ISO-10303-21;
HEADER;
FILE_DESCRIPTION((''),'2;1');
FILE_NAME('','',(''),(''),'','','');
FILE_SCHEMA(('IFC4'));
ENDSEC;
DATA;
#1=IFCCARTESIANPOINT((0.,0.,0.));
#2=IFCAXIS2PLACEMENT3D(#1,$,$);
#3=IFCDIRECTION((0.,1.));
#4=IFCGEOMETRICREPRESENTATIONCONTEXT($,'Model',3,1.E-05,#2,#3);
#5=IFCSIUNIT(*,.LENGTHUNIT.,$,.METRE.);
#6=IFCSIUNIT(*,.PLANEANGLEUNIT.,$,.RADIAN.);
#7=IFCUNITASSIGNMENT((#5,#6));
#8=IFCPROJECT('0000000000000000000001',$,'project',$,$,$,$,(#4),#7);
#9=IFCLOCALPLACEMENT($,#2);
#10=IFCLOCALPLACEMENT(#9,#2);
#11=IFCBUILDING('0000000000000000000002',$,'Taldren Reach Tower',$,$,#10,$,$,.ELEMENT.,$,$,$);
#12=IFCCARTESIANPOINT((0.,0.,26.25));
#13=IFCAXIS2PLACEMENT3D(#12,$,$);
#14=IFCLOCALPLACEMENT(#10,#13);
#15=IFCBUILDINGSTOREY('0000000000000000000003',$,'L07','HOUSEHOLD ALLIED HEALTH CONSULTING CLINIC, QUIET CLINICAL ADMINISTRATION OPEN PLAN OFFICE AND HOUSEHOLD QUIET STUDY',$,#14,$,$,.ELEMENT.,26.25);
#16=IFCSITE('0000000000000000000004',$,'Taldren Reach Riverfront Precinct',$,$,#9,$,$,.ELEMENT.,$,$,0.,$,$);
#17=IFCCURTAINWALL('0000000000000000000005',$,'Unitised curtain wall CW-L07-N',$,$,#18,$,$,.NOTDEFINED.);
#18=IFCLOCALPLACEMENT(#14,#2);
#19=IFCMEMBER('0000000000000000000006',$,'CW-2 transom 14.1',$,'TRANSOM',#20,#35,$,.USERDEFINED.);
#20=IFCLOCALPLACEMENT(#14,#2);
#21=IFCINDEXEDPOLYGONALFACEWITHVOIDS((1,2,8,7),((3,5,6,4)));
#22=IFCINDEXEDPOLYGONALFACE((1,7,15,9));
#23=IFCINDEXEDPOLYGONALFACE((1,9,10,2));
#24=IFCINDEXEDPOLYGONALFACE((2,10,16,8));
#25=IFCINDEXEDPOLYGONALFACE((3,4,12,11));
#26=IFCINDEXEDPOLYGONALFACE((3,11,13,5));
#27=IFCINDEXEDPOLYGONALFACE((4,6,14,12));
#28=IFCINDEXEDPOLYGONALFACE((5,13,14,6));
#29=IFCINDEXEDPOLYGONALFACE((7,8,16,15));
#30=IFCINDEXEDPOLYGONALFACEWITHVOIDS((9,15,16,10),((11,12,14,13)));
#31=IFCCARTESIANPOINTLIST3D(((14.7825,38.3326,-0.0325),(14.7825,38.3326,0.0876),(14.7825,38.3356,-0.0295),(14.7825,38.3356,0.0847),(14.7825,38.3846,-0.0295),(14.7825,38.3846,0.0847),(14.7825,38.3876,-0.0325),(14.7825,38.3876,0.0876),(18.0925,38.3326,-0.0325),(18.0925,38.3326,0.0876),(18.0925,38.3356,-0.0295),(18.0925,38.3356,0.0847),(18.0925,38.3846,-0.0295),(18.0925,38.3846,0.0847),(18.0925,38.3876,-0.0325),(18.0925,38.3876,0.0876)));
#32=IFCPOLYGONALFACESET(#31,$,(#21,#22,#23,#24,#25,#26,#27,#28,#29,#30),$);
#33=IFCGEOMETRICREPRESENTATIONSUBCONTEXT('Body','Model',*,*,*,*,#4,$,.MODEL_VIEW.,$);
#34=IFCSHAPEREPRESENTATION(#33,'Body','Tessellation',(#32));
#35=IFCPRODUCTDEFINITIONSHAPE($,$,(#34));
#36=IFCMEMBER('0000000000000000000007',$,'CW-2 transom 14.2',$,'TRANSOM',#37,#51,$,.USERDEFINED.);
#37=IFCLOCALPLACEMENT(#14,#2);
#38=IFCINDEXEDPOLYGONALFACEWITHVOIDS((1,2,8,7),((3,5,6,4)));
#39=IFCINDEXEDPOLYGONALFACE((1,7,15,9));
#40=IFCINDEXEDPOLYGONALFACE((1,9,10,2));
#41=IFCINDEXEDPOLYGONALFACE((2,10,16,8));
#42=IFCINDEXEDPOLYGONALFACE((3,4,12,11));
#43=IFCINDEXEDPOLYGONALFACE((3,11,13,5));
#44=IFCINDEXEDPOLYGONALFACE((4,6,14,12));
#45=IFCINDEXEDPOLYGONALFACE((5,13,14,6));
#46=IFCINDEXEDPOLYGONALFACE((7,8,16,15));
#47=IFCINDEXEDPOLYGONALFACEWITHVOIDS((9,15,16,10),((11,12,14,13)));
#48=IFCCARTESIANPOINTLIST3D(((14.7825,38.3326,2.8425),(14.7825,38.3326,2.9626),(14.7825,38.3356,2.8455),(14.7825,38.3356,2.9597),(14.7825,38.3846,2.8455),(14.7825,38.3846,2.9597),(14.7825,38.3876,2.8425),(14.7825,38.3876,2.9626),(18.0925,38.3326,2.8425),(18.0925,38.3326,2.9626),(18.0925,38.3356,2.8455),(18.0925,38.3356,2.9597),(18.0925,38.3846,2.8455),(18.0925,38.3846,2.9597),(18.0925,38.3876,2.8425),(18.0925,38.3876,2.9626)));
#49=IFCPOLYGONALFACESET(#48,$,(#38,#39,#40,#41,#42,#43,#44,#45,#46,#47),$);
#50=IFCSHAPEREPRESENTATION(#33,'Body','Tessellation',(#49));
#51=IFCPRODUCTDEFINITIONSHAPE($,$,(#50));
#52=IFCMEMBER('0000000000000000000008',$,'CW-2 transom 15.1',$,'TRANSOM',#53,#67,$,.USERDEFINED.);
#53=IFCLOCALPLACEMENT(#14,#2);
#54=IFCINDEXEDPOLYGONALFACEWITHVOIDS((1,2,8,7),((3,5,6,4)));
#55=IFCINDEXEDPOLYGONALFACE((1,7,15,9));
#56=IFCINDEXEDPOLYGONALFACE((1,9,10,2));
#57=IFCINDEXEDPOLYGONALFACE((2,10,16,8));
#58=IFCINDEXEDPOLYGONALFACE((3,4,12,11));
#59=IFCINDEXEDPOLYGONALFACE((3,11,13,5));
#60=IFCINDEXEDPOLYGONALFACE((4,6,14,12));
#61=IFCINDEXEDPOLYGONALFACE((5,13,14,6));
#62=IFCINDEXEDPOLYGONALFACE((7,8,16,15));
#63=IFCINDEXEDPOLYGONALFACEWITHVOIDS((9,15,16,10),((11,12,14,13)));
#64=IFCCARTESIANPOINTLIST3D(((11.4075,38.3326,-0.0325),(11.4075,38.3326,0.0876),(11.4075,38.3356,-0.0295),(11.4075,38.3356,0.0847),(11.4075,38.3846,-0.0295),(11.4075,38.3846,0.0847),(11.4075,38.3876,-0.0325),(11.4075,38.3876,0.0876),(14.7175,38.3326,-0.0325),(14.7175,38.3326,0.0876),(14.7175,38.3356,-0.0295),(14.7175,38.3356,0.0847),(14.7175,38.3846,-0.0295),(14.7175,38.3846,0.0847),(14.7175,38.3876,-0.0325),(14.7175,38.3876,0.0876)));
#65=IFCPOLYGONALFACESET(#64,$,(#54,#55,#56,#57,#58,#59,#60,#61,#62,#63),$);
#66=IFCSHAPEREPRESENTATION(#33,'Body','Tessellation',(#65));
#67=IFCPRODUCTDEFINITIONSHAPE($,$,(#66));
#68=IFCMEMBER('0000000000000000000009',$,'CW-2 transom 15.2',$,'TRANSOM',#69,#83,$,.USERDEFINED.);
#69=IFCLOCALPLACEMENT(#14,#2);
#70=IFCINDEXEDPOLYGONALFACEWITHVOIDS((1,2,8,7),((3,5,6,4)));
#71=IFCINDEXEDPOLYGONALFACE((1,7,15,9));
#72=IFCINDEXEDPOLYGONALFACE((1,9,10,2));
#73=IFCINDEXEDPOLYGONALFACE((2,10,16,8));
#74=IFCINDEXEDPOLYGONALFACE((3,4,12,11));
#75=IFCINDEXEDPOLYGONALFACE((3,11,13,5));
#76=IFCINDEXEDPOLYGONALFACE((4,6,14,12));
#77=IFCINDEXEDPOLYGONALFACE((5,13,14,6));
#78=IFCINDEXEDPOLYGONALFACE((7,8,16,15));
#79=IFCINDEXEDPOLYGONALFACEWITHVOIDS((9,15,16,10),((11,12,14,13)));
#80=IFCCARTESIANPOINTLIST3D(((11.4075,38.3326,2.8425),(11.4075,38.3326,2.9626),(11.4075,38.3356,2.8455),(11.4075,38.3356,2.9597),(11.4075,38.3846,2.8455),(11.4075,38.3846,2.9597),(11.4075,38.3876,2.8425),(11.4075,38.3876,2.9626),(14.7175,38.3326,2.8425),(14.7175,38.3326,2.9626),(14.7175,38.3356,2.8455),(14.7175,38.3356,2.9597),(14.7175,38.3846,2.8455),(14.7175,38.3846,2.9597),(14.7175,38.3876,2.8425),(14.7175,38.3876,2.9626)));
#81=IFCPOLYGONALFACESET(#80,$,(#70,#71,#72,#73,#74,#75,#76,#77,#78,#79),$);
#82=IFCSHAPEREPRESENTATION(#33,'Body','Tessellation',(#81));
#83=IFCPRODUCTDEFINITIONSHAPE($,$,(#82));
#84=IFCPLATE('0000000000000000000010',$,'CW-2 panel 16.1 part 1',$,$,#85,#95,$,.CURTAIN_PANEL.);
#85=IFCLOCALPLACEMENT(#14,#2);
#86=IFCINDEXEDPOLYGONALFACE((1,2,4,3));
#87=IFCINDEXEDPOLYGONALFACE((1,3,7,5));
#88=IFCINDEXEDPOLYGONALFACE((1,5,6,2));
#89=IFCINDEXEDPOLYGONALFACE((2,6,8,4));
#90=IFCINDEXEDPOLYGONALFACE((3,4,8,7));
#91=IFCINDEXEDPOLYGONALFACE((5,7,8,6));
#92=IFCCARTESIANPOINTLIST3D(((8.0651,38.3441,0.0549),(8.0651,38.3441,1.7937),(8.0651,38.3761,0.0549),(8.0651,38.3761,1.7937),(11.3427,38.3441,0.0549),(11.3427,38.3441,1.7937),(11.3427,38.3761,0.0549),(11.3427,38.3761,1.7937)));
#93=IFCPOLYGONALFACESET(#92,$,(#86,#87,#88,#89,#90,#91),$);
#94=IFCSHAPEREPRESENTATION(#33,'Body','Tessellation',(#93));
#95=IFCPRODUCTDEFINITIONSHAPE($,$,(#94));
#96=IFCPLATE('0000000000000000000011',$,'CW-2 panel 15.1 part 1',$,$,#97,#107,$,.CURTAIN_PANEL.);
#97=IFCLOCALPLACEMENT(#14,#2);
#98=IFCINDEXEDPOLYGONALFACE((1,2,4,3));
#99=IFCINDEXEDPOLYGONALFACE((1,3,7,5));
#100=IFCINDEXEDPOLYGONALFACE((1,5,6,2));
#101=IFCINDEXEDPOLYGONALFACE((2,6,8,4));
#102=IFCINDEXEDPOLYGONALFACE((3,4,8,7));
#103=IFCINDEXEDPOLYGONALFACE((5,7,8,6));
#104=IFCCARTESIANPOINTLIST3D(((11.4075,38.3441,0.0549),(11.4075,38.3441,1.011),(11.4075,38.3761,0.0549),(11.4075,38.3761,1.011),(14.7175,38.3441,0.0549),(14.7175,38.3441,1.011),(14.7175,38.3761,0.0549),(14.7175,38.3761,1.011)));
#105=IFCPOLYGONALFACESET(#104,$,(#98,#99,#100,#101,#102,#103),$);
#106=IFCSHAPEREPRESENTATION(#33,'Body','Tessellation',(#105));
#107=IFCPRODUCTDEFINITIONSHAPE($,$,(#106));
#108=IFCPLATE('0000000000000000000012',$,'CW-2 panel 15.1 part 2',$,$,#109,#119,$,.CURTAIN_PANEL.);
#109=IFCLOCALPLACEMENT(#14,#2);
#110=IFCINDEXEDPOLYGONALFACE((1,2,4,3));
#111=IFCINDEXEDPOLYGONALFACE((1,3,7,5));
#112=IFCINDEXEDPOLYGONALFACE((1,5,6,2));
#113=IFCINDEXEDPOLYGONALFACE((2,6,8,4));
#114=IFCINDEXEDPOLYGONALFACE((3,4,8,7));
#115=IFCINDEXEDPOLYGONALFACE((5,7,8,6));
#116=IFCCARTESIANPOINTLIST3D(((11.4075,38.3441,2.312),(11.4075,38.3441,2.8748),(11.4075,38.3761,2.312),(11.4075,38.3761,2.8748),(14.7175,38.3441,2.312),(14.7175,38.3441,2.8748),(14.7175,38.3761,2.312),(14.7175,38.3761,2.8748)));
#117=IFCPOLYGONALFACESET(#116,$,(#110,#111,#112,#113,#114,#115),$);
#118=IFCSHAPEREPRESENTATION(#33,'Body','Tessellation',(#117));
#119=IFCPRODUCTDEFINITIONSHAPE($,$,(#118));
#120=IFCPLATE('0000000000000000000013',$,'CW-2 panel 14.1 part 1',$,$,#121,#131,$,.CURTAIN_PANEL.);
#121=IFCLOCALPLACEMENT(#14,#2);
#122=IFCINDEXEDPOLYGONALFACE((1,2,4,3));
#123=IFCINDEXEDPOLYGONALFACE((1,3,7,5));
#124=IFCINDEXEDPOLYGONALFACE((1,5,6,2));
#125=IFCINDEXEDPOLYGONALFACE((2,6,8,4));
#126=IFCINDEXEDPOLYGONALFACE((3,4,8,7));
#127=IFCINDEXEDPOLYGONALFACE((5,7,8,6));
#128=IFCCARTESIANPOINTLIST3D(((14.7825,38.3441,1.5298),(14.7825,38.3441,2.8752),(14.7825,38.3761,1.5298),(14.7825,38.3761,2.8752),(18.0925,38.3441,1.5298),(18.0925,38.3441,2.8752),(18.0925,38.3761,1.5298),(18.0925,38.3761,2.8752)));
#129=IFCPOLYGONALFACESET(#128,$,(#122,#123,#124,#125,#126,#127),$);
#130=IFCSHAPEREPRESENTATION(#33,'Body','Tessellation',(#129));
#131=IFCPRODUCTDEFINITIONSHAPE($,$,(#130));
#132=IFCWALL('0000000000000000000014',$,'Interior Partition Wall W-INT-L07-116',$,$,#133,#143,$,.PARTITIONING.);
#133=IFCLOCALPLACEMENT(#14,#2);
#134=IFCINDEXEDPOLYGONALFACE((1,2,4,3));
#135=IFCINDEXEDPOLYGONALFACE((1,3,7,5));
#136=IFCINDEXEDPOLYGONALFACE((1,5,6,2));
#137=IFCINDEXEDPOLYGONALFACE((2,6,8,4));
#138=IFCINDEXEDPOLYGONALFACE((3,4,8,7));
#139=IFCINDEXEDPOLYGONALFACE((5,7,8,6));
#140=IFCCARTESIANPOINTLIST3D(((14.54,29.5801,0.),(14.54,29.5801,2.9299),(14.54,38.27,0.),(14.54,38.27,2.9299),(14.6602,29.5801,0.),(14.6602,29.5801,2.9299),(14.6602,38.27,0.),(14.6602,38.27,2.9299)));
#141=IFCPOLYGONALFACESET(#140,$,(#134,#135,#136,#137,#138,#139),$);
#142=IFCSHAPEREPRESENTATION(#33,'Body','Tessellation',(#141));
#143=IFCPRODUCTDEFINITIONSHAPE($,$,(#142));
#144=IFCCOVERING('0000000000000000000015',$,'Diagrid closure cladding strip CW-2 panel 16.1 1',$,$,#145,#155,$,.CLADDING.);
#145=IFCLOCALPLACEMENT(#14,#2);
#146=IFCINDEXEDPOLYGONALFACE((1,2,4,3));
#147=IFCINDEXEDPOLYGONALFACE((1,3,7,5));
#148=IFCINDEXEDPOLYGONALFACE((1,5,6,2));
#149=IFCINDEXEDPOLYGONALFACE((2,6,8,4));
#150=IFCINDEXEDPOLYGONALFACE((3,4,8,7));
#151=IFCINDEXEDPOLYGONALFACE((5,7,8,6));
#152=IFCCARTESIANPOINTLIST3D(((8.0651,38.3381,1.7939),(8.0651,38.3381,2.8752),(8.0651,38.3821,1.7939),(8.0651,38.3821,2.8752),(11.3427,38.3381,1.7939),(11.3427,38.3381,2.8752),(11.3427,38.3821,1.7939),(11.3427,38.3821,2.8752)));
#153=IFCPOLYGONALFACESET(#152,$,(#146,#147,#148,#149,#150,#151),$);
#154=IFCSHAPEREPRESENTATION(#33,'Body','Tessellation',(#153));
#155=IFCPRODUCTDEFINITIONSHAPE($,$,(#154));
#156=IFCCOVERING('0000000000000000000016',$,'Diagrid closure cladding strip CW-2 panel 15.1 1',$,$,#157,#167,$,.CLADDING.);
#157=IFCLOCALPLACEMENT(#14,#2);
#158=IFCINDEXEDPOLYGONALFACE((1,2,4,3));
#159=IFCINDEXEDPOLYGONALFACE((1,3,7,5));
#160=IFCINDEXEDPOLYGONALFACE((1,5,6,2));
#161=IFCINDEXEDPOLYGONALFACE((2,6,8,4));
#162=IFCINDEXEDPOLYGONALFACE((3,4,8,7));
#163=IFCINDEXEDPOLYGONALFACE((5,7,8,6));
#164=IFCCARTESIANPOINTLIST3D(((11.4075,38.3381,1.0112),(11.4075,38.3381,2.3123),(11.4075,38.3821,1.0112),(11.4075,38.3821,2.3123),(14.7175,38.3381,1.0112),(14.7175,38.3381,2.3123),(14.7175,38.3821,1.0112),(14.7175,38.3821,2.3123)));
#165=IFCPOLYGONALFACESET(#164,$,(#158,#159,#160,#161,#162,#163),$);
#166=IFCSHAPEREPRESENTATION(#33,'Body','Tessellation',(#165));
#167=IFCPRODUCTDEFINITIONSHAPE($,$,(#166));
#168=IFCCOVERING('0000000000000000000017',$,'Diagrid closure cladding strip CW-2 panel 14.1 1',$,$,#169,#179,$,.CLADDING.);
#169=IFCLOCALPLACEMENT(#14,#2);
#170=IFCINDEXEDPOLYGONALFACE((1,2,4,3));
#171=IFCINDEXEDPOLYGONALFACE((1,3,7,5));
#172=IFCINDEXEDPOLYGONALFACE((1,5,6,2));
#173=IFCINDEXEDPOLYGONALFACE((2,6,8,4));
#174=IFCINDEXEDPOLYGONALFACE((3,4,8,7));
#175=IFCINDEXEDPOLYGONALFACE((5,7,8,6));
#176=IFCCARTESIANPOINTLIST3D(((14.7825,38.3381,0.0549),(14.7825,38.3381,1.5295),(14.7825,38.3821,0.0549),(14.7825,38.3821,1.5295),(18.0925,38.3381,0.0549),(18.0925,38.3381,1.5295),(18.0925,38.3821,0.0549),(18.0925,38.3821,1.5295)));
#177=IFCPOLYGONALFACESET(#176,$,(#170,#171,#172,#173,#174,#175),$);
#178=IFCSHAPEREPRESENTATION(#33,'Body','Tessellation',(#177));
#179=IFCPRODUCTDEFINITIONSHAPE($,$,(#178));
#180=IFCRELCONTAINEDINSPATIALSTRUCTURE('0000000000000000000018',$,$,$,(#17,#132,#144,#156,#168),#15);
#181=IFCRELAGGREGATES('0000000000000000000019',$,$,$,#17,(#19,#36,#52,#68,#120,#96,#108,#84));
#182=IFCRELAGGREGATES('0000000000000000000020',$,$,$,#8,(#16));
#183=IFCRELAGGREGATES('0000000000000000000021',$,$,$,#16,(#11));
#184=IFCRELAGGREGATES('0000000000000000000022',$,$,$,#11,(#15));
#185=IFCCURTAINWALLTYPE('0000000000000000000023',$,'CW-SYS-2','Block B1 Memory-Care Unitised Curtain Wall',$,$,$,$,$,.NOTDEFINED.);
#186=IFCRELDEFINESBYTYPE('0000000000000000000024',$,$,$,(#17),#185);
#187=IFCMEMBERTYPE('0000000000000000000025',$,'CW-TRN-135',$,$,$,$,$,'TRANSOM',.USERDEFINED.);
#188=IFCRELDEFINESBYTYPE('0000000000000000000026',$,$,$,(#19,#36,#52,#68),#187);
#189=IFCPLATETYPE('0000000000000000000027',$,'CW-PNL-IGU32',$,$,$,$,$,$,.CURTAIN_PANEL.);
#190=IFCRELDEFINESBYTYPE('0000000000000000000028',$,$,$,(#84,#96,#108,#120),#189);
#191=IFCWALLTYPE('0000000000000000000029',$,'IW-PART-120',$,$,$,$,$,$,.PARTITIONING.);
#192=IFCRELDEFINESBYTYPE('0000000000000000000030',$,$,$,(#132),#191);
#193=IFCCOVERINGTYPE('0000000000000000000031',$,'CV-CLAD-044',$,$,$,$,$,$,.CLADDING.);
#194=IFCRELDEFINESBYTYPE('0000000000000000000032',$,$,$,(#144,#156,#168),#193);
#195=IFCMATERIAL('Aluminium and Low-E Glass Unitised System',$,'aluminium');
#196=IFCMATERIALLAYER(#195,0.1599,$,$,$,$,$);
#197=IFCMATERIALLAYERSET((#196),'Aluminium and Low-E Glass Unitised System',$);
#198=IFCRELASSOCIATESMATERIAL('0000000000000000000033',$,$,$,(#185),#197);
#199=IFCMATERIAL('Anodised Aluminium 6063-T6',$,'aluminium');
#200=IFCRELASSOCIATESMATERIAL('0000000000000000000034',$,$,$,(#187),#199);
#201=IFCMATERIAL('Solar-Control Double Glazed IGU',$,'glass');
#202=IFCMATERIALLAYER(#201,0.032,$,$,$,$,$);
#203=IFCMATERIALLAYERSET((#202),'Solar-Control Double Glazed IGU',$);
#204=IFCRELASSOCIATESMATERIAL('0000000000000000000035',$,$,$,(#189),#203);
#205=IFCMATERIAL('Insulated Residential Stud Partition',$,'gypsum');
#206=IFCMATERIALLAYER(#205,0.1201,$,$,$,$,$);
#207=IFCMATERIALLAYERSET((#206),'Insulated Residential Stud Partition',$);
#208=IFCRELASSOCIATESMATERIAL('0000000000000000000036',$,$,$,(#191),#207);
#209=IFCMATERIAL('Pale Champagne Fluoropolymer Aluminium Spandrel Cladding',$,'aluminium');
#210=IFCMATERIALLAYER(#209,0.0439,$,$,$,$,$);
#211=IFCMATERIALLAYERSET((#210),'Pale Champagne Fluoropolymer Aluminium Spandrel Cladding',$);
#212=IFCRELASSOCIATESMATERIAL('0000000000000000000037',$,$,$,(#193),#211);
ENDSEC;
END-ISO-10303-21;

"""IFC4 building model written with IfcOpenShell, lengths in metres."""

from ifc_helpers import new_model, si_unit, direction, frame, frame_2d, origin, origin_2d, place, context, subcontext, project, spatial, rectangle, hollow_rectangle, extrude, source, transform, mapped, material, layer, layer_set, material_profile, profile_set, type_object, element, aggregate, save


model = new_model("IFC4")

# Units and contexts
model_context = context("Model", 3, precision=1e-05, world=origin(), true_north=direction((0.0, 1.0)))
body_context = subcontext(model_context, "Body", "Model", "MODEL_VIEW")
ifc_project = project(units=[si_unit("LENGTHUNIT", "METRE"), si_unit("PLANEANGLEUNIT", "RADIAN")], contexts=[model_context])

# Site, building, storey
site_placement = place(None, origin())
site = spatial("IfcSite", under=ifc_project, at=site_placement, Name="Taldren Reach Riverfront Precinct", CompositionType="ELEMENT", RefElevation=0.0)
building_placement = place(site_placement, origin())
building = spatial("IfcBuilding", under=site, at=building_placement, Name="Taldren Reach Tower", CompositionType="ELEMENT")
storey_placement = place(building_placement, frame((0.0, 0.0, 26.25)))
storey = spatial("IfcBuildingStorey", under=building, at=storey_placement, Name="L07", Description="HOUSEHOLD ALLIED HEALTH CONSULTING CLINIC, QUIET CLINICAL ADMINISTRATION OPEN PLAN OFFICE AND HOUSEHOLD QUIET STUDY", CompositionType="ELEMENT", Elevation=26.25)

# Curtain wall, members, plates
ifc_material_1 = material(Name="Aluminium and Low-E Glass Unitised System", Category="aluminium")
ifc_layer_1 = layer(ifc_material_1, 0.1599)
ifc_layer_set_1 = layer_set([ifc_layer_1], Name="Aluminium and Low-E Glass Unitised System")
curtain_wall_type = type_object("IfcCurtainWallType", Name="CW-SYS-2", Description="Block B1 Memory-Care Unitised Curtain Wall", PredefinedType="NOTDEFINED", material=ifc_layer_set_1)
curtain_wall_placement = place(storey_placement, origin())
curtain_wall = element("IfcCurtainWall", 1, at=curtain_wall_placement, inside=storey, type_object=curtain_wall_type, Name="Unitised curtain wall CW-L07-N", PredefinedType="NOTDEFINED")
ifc_material_2 = material(Name="Anodised Aluminium 6063-T6", Category="aluminium")
ifc_material_profile_1 = material_profile(ifc_material_2, hollow_rectangle(XDim=0.0549, YDim=0.1201, WallThickness=0.0029, at=origin_2d()), Name="ALU-120x55x3RHS")
ifc_profile_set_1 = profile_set([ifc_material_profile_1], Name="Anodised Aluminium 6063-T6")
member_type_1 = type_object("IfcMemberType", Name="CW-TRN-135", ElementType="TRANSOM", PredefinedType="USERDEFINED", material=ifc_profile_set_1)
shared_shape_1 = source(origin(), body_context, "Body", "SweptSolid", [
    extrude(hollow_rectangle(XDim=0.0549, YDim=0.1201, WallThickness=0.0029, at=origin_2d()), origin(), (0.0, 0.0, 1.0), 3.3101),
])
member_1_placement = place(storey_placement, frame((18.0925, 38.3601, 0.0276), z_axis=(-1.0, 0.0, 0.0), x_axis=(0.0, -1.0, 0.0)))
member_1 = element("IfcMember", 2, at=member_1_placement, type_object=member_type_1, Name="CW-2 transom 14.1", ObjectType="TRANSOM", PredefinedType="USERDEFINED", context=body_context, shape_type="MappedRepresentation", body=[
    mapped(shared_shape_1, transform((0.0, 0.0, 0.0), scale=1.0)),
])
member_2_placement = place(storey_placement, frame((18.0925, 38.3601, 2.9026), z_axis=(-1.0, 0.0, 0.0), x_axis=(0.0, -1.0, 0.0)))
member_2 = element("IfcMember", 3, at=member_2_placement, type_object=member_type_1, Name="CW-2 transom 14.2", ObjectType="TRANSOM", PredefinedType="USERDEFINED", context=body_context, shape_type="MappedRepresentation", body=[
    mapped(shared_shape_1, transform((0.0, 0.0, 0.0), scale=1.0)),
])
member_3_placement = place(storey_placement, frame((14.7175, 38.3601, 0.0276), z_axis=(-1.0, 0.0, 0.0), x_axis=(0.0, -1.0, 0.0)))
member_3 = element("IfcMember", 4, at=member_3_placement, type_object=member_type_1, Name="CW-2 transom 15.1", ObjectType="TRANSOM", PredefinedType="USERDEFINED", context=body_context, shape_type="MappedRepresentation", body=[
    mapped(shared_shape_1, transform((0.0, 0.0, 0.0), scale=1.0)),
])
member_4_placement = place(storey_placement, frame((14.7175, 38.3601, 2.9026), z_axis=(-1.0, 0.0, 0.0), x_axis=(0.0, -1.0, 0.0)))
member_4 = element("IfcMember", 5, at=member_4_placement, type_object=member_type_1, Name="CW-2 transom 15.2", ObjectType="TRANSOM", PredefinedType="USERDEFINED", context=body_context, shape_type="MappedRepresentation", body=[
    mapped(shared_shape_1, transform((0.0, 0.0, 0.0), scale=1.0)),
])
ifc_material_3 = material(Name="Solar-Control Double Glazed IGU", Category="glass")
ifc_layer_2 = layer(ifc_material_3, 0.032)
ifc_layer_set_2 = layer_set([ifc_layer_2], Name="Solar-Control Double Glazed IGU")
plate_type = type_object("IfcPlateType", Name="CW-PNL-IGU32", PredefinedType="CURTAIN_PANEL", material=ifc_layer_set_2)
shared_shape_2 = source(origin(), body_context, "Body", "SweptSolid", [
    extrude(rectangle(XDim=3.2776, YDim=0.032, at=origin_2d()), origin(), (0.0, 0.0, 1.0), 1.7388),
])
plate_1_placement = place(storey_placement, frame((9.7039, 38.3601, 0.0549), z_axis=(0.0, 0.0, 1.0), x_axis=(-1.0, 0.0, 0.0)))
plate_1 = element("IfcPlate", 6, at=plate_1_placement, type_object=plate_type, Name="CW-2 panel 16.1 part 1", PredefinedType="CURTAIN_PANEL", context=body_context, shape_type="MappedRepresentation", body=[
    mapped(shared_shape_2, transform((0.0, 0.0, 0.0), scale=1.0)),
])
shared_shape_3 = source(origin(), body_context, "Body", "SweptSolid", [
    extrude(rectangle(XDim=3.3101, YDim=0.032, at=origin_2d()), origin(), (0.0, 0.0, 1.0), 0.9561),
])
plate_2_placement = place(storey_placement, frame((13.0625, 38.3601, 0.0549), z_axis=(0.0, 0.0, 1.0), x_axis=(-1.0, 0.0, 0.0)))
plate_2 = element("IfcPlate", 7, at=plate_2_placement, type_object=plate_type, Name="CW-2 panel 15.1 part 1", PredefinedType="CURTAIN_PANEL", context=body_context, shape_type="MappedRepresentation", body=[
    mapped(shared_shape_3, transform((0.0, 0.0, 0.0), scale=1.0)),
])
shared_shape_4 = source(origin(), body_context, "Body", "SweptSolid", [
    extrude(rectangle(XDim=3.3101, YDim=0.032, at=origin_2d()), origin(), (0.0, 0.0, 1.0), 0.5627),
])
plate_3_placement = place(storey_placement, frame((13.0625, 38.3601, 2.312), z_axis=(0.0, 0.0, 1.0), x_axis=(-1.0, 0.0, 0.0)))
plate_3 = element("IfcPlate", 8, at=plate_3_placement, type_object=plate_type, Name="CW-2 panel 15.1 part 2", PredefinedType="CURTAIN_PANEL", context=body_context, shape_type="MappedRepresentation", body=[
    mapped(shared_shape_4, transform((0.0, 0.0, 0.0), scale=1.0)),
])
shared_shape_5 = source(origin(), body_context, "Body", "SweptSolid", [
    extrude(rectangle(XDim=3.3101, YDim=0.032, at=origin_2d()), origin(), (0.0, 0.0, 1.0), 1.3455),
])
plate_4_placement = place(storey_placement, frame((16.4375, 38.3601, 1.5298), z_axis=(0.0, 0.0, 1.0), x_axis=(-1.0, 0.0, 0.0)))
plate_4 = element("IfcPlate", 9, at=plate_4_placement, type_object=plate_type, Name="CW-2 panel 14.1 part 1", PredefinedType="CURTAIN_PANEL", context=body_context, shape_type="MappedRepresentation", body=[
    mapped(shared_shape_5, transform((0.0, 0.0, 0.0), scale=1.0)),
])
aggregate(curtain_wall, [member_1, member_2, member_3, member_4, plate_4, plate_2, plate_3, plate_1])

# Wall
ifc_material_4 = material(Name="Insulated Residential Stud Partition", Category="gypsum")
ifc_layer_3 = layer(ifc_material_4, 0.1201)
ifc_layer_set_3 = layer_set([ifc_layer_3], Name="Insulated Residential Stud Partition")
wall_type = type_object("IfcWallType", Name="IW-PART-120", PredefinedType="PARTITIONING", material=ifc_layer_set_3)
shared_shape_6 = source(origin(), body_context, "Body", "SweptSolid", [
    extrude(rectangle(XDim=8.6899, YDim=0.1201, at=frame_2d((4.345, 0.0))), origin(), (0.0, 0.0, 1.0), 2.9299),
])
wall_placement = place(storey_placement, frame((14.6001, 38.27, 0.0), z_axis=(0.0, 0.0, 1.0), x_axis=(0.0, -1.0, 0.0)))
element("IfcWall", 10, at=wall_placement, inside=storey, type_object=wall_type, Name="Interior Partition Wall W-INT-L07-116", PredefinedType="PARTITIONING", context=body_context, shape_type="MappedRepresentation", body=[
    mapped(shared_shape_6, transform((0.0, 0.0, 0.0), scale=1.0)),
])

# Coverings
ifc_material_5 = material(Name="Pale Champagne Fluoropolymer Aluminium Spandrel Cladding", Category="aluminium")
ifc_layer_4 = layer(ifc_material_5, 0.0439)
ifc_layer_set_4 = layer_set([ifc_layer_4], Name="Pale Champagne Fluoropolymer Aluminium Spandrel Cladding")
covering_type = type_object("IfcCoveringType", Name="CV-CLAD-044", PredefinedType="CLADDING", material=ifc_layer_set_4)
shared_shape_7 = source(origin(), body_context, "Body", "SweptSolid", [
    extrude(rectangle(XDim=3.2776, YDim=0.0439, at=origin_2d()), origin(), (0.0, 0.0, 1.0), 1.0813),
])
covering_1_placement = place(storey_placement, frame((9.7039, 38.3601, 1.7939), z_axis=(0.0, 0.0, 1.0), x_axis=(-1.0, 0.0, 0.0)))
element("IfcCovering", 11, at=covering_1_placement, inside=storey, type_object=covering_type, Name="Diagrid closure cladding strip CW-2 panel 16.1 1", PredefinedType="CLADDING", context=body_context, shape_type="MappedRepresentation", body=[
    mapped(shared_shape_7, transform((0.0, 0.0, 0.0), scale=1.0)),
])
shared_shape_8 = source(origin(), body_context, "Body", "SweptSolid", [
    extrude(rectangle(XDim=3.3101, YDim=0.0439, at=origin_2d()), origin(), (0.0, 0.0, 1.0), 1.301),
])
covering_2_placement = place(storey_placement, frame((13.0625, 38.3601, 1.0112), z_axis=(0.0, 0.0, 1.0), x_axis=(-1.0, 0.0, 0.0)))
element("IfcCovering", 12, at=covering_2_placement, inside=storey, type_object=covering_type, Name="Diagrid closure cladding strip CW-2 panel 15.1 1", PredefinedType="CLADDING", context=body_context, shape_type="MappedRepresentation", body=[
    mapped(shared_shape_8, transform((0.0, 0.0, 0.0), scale=1.0)),
])
shared_shape_9 = source(origin(), body_context, "Body", "SweptSolid", [
    extrude(rectangle(XDim=3.3101, YDim=0.0439, at=origin_2d()), origin(), (0.0, 0.0, 1.0), 1.4746),
])
covering_3_placement = place(storey_placement, frame((16.4375, 38.3601, 0.0549), z_axis=(0.0, 0.0, 1.0), x_axis=(-1.0, 0.0, 0.0)))
element("IfcCovering", 13, at=covering_3_placement, inside=storey, type_object=covering_type, Name="Diagrid closure cladding strip CW-2 panel 14.1 1", PredefinedType="CLADDING", context=body_context, shape_type="MappedRepresentation", body=[
    mapped(shared_shape_9, transform((0.0, 0.0, 0.0), scale=1.0)),
])

save(model, "model.ifc")
